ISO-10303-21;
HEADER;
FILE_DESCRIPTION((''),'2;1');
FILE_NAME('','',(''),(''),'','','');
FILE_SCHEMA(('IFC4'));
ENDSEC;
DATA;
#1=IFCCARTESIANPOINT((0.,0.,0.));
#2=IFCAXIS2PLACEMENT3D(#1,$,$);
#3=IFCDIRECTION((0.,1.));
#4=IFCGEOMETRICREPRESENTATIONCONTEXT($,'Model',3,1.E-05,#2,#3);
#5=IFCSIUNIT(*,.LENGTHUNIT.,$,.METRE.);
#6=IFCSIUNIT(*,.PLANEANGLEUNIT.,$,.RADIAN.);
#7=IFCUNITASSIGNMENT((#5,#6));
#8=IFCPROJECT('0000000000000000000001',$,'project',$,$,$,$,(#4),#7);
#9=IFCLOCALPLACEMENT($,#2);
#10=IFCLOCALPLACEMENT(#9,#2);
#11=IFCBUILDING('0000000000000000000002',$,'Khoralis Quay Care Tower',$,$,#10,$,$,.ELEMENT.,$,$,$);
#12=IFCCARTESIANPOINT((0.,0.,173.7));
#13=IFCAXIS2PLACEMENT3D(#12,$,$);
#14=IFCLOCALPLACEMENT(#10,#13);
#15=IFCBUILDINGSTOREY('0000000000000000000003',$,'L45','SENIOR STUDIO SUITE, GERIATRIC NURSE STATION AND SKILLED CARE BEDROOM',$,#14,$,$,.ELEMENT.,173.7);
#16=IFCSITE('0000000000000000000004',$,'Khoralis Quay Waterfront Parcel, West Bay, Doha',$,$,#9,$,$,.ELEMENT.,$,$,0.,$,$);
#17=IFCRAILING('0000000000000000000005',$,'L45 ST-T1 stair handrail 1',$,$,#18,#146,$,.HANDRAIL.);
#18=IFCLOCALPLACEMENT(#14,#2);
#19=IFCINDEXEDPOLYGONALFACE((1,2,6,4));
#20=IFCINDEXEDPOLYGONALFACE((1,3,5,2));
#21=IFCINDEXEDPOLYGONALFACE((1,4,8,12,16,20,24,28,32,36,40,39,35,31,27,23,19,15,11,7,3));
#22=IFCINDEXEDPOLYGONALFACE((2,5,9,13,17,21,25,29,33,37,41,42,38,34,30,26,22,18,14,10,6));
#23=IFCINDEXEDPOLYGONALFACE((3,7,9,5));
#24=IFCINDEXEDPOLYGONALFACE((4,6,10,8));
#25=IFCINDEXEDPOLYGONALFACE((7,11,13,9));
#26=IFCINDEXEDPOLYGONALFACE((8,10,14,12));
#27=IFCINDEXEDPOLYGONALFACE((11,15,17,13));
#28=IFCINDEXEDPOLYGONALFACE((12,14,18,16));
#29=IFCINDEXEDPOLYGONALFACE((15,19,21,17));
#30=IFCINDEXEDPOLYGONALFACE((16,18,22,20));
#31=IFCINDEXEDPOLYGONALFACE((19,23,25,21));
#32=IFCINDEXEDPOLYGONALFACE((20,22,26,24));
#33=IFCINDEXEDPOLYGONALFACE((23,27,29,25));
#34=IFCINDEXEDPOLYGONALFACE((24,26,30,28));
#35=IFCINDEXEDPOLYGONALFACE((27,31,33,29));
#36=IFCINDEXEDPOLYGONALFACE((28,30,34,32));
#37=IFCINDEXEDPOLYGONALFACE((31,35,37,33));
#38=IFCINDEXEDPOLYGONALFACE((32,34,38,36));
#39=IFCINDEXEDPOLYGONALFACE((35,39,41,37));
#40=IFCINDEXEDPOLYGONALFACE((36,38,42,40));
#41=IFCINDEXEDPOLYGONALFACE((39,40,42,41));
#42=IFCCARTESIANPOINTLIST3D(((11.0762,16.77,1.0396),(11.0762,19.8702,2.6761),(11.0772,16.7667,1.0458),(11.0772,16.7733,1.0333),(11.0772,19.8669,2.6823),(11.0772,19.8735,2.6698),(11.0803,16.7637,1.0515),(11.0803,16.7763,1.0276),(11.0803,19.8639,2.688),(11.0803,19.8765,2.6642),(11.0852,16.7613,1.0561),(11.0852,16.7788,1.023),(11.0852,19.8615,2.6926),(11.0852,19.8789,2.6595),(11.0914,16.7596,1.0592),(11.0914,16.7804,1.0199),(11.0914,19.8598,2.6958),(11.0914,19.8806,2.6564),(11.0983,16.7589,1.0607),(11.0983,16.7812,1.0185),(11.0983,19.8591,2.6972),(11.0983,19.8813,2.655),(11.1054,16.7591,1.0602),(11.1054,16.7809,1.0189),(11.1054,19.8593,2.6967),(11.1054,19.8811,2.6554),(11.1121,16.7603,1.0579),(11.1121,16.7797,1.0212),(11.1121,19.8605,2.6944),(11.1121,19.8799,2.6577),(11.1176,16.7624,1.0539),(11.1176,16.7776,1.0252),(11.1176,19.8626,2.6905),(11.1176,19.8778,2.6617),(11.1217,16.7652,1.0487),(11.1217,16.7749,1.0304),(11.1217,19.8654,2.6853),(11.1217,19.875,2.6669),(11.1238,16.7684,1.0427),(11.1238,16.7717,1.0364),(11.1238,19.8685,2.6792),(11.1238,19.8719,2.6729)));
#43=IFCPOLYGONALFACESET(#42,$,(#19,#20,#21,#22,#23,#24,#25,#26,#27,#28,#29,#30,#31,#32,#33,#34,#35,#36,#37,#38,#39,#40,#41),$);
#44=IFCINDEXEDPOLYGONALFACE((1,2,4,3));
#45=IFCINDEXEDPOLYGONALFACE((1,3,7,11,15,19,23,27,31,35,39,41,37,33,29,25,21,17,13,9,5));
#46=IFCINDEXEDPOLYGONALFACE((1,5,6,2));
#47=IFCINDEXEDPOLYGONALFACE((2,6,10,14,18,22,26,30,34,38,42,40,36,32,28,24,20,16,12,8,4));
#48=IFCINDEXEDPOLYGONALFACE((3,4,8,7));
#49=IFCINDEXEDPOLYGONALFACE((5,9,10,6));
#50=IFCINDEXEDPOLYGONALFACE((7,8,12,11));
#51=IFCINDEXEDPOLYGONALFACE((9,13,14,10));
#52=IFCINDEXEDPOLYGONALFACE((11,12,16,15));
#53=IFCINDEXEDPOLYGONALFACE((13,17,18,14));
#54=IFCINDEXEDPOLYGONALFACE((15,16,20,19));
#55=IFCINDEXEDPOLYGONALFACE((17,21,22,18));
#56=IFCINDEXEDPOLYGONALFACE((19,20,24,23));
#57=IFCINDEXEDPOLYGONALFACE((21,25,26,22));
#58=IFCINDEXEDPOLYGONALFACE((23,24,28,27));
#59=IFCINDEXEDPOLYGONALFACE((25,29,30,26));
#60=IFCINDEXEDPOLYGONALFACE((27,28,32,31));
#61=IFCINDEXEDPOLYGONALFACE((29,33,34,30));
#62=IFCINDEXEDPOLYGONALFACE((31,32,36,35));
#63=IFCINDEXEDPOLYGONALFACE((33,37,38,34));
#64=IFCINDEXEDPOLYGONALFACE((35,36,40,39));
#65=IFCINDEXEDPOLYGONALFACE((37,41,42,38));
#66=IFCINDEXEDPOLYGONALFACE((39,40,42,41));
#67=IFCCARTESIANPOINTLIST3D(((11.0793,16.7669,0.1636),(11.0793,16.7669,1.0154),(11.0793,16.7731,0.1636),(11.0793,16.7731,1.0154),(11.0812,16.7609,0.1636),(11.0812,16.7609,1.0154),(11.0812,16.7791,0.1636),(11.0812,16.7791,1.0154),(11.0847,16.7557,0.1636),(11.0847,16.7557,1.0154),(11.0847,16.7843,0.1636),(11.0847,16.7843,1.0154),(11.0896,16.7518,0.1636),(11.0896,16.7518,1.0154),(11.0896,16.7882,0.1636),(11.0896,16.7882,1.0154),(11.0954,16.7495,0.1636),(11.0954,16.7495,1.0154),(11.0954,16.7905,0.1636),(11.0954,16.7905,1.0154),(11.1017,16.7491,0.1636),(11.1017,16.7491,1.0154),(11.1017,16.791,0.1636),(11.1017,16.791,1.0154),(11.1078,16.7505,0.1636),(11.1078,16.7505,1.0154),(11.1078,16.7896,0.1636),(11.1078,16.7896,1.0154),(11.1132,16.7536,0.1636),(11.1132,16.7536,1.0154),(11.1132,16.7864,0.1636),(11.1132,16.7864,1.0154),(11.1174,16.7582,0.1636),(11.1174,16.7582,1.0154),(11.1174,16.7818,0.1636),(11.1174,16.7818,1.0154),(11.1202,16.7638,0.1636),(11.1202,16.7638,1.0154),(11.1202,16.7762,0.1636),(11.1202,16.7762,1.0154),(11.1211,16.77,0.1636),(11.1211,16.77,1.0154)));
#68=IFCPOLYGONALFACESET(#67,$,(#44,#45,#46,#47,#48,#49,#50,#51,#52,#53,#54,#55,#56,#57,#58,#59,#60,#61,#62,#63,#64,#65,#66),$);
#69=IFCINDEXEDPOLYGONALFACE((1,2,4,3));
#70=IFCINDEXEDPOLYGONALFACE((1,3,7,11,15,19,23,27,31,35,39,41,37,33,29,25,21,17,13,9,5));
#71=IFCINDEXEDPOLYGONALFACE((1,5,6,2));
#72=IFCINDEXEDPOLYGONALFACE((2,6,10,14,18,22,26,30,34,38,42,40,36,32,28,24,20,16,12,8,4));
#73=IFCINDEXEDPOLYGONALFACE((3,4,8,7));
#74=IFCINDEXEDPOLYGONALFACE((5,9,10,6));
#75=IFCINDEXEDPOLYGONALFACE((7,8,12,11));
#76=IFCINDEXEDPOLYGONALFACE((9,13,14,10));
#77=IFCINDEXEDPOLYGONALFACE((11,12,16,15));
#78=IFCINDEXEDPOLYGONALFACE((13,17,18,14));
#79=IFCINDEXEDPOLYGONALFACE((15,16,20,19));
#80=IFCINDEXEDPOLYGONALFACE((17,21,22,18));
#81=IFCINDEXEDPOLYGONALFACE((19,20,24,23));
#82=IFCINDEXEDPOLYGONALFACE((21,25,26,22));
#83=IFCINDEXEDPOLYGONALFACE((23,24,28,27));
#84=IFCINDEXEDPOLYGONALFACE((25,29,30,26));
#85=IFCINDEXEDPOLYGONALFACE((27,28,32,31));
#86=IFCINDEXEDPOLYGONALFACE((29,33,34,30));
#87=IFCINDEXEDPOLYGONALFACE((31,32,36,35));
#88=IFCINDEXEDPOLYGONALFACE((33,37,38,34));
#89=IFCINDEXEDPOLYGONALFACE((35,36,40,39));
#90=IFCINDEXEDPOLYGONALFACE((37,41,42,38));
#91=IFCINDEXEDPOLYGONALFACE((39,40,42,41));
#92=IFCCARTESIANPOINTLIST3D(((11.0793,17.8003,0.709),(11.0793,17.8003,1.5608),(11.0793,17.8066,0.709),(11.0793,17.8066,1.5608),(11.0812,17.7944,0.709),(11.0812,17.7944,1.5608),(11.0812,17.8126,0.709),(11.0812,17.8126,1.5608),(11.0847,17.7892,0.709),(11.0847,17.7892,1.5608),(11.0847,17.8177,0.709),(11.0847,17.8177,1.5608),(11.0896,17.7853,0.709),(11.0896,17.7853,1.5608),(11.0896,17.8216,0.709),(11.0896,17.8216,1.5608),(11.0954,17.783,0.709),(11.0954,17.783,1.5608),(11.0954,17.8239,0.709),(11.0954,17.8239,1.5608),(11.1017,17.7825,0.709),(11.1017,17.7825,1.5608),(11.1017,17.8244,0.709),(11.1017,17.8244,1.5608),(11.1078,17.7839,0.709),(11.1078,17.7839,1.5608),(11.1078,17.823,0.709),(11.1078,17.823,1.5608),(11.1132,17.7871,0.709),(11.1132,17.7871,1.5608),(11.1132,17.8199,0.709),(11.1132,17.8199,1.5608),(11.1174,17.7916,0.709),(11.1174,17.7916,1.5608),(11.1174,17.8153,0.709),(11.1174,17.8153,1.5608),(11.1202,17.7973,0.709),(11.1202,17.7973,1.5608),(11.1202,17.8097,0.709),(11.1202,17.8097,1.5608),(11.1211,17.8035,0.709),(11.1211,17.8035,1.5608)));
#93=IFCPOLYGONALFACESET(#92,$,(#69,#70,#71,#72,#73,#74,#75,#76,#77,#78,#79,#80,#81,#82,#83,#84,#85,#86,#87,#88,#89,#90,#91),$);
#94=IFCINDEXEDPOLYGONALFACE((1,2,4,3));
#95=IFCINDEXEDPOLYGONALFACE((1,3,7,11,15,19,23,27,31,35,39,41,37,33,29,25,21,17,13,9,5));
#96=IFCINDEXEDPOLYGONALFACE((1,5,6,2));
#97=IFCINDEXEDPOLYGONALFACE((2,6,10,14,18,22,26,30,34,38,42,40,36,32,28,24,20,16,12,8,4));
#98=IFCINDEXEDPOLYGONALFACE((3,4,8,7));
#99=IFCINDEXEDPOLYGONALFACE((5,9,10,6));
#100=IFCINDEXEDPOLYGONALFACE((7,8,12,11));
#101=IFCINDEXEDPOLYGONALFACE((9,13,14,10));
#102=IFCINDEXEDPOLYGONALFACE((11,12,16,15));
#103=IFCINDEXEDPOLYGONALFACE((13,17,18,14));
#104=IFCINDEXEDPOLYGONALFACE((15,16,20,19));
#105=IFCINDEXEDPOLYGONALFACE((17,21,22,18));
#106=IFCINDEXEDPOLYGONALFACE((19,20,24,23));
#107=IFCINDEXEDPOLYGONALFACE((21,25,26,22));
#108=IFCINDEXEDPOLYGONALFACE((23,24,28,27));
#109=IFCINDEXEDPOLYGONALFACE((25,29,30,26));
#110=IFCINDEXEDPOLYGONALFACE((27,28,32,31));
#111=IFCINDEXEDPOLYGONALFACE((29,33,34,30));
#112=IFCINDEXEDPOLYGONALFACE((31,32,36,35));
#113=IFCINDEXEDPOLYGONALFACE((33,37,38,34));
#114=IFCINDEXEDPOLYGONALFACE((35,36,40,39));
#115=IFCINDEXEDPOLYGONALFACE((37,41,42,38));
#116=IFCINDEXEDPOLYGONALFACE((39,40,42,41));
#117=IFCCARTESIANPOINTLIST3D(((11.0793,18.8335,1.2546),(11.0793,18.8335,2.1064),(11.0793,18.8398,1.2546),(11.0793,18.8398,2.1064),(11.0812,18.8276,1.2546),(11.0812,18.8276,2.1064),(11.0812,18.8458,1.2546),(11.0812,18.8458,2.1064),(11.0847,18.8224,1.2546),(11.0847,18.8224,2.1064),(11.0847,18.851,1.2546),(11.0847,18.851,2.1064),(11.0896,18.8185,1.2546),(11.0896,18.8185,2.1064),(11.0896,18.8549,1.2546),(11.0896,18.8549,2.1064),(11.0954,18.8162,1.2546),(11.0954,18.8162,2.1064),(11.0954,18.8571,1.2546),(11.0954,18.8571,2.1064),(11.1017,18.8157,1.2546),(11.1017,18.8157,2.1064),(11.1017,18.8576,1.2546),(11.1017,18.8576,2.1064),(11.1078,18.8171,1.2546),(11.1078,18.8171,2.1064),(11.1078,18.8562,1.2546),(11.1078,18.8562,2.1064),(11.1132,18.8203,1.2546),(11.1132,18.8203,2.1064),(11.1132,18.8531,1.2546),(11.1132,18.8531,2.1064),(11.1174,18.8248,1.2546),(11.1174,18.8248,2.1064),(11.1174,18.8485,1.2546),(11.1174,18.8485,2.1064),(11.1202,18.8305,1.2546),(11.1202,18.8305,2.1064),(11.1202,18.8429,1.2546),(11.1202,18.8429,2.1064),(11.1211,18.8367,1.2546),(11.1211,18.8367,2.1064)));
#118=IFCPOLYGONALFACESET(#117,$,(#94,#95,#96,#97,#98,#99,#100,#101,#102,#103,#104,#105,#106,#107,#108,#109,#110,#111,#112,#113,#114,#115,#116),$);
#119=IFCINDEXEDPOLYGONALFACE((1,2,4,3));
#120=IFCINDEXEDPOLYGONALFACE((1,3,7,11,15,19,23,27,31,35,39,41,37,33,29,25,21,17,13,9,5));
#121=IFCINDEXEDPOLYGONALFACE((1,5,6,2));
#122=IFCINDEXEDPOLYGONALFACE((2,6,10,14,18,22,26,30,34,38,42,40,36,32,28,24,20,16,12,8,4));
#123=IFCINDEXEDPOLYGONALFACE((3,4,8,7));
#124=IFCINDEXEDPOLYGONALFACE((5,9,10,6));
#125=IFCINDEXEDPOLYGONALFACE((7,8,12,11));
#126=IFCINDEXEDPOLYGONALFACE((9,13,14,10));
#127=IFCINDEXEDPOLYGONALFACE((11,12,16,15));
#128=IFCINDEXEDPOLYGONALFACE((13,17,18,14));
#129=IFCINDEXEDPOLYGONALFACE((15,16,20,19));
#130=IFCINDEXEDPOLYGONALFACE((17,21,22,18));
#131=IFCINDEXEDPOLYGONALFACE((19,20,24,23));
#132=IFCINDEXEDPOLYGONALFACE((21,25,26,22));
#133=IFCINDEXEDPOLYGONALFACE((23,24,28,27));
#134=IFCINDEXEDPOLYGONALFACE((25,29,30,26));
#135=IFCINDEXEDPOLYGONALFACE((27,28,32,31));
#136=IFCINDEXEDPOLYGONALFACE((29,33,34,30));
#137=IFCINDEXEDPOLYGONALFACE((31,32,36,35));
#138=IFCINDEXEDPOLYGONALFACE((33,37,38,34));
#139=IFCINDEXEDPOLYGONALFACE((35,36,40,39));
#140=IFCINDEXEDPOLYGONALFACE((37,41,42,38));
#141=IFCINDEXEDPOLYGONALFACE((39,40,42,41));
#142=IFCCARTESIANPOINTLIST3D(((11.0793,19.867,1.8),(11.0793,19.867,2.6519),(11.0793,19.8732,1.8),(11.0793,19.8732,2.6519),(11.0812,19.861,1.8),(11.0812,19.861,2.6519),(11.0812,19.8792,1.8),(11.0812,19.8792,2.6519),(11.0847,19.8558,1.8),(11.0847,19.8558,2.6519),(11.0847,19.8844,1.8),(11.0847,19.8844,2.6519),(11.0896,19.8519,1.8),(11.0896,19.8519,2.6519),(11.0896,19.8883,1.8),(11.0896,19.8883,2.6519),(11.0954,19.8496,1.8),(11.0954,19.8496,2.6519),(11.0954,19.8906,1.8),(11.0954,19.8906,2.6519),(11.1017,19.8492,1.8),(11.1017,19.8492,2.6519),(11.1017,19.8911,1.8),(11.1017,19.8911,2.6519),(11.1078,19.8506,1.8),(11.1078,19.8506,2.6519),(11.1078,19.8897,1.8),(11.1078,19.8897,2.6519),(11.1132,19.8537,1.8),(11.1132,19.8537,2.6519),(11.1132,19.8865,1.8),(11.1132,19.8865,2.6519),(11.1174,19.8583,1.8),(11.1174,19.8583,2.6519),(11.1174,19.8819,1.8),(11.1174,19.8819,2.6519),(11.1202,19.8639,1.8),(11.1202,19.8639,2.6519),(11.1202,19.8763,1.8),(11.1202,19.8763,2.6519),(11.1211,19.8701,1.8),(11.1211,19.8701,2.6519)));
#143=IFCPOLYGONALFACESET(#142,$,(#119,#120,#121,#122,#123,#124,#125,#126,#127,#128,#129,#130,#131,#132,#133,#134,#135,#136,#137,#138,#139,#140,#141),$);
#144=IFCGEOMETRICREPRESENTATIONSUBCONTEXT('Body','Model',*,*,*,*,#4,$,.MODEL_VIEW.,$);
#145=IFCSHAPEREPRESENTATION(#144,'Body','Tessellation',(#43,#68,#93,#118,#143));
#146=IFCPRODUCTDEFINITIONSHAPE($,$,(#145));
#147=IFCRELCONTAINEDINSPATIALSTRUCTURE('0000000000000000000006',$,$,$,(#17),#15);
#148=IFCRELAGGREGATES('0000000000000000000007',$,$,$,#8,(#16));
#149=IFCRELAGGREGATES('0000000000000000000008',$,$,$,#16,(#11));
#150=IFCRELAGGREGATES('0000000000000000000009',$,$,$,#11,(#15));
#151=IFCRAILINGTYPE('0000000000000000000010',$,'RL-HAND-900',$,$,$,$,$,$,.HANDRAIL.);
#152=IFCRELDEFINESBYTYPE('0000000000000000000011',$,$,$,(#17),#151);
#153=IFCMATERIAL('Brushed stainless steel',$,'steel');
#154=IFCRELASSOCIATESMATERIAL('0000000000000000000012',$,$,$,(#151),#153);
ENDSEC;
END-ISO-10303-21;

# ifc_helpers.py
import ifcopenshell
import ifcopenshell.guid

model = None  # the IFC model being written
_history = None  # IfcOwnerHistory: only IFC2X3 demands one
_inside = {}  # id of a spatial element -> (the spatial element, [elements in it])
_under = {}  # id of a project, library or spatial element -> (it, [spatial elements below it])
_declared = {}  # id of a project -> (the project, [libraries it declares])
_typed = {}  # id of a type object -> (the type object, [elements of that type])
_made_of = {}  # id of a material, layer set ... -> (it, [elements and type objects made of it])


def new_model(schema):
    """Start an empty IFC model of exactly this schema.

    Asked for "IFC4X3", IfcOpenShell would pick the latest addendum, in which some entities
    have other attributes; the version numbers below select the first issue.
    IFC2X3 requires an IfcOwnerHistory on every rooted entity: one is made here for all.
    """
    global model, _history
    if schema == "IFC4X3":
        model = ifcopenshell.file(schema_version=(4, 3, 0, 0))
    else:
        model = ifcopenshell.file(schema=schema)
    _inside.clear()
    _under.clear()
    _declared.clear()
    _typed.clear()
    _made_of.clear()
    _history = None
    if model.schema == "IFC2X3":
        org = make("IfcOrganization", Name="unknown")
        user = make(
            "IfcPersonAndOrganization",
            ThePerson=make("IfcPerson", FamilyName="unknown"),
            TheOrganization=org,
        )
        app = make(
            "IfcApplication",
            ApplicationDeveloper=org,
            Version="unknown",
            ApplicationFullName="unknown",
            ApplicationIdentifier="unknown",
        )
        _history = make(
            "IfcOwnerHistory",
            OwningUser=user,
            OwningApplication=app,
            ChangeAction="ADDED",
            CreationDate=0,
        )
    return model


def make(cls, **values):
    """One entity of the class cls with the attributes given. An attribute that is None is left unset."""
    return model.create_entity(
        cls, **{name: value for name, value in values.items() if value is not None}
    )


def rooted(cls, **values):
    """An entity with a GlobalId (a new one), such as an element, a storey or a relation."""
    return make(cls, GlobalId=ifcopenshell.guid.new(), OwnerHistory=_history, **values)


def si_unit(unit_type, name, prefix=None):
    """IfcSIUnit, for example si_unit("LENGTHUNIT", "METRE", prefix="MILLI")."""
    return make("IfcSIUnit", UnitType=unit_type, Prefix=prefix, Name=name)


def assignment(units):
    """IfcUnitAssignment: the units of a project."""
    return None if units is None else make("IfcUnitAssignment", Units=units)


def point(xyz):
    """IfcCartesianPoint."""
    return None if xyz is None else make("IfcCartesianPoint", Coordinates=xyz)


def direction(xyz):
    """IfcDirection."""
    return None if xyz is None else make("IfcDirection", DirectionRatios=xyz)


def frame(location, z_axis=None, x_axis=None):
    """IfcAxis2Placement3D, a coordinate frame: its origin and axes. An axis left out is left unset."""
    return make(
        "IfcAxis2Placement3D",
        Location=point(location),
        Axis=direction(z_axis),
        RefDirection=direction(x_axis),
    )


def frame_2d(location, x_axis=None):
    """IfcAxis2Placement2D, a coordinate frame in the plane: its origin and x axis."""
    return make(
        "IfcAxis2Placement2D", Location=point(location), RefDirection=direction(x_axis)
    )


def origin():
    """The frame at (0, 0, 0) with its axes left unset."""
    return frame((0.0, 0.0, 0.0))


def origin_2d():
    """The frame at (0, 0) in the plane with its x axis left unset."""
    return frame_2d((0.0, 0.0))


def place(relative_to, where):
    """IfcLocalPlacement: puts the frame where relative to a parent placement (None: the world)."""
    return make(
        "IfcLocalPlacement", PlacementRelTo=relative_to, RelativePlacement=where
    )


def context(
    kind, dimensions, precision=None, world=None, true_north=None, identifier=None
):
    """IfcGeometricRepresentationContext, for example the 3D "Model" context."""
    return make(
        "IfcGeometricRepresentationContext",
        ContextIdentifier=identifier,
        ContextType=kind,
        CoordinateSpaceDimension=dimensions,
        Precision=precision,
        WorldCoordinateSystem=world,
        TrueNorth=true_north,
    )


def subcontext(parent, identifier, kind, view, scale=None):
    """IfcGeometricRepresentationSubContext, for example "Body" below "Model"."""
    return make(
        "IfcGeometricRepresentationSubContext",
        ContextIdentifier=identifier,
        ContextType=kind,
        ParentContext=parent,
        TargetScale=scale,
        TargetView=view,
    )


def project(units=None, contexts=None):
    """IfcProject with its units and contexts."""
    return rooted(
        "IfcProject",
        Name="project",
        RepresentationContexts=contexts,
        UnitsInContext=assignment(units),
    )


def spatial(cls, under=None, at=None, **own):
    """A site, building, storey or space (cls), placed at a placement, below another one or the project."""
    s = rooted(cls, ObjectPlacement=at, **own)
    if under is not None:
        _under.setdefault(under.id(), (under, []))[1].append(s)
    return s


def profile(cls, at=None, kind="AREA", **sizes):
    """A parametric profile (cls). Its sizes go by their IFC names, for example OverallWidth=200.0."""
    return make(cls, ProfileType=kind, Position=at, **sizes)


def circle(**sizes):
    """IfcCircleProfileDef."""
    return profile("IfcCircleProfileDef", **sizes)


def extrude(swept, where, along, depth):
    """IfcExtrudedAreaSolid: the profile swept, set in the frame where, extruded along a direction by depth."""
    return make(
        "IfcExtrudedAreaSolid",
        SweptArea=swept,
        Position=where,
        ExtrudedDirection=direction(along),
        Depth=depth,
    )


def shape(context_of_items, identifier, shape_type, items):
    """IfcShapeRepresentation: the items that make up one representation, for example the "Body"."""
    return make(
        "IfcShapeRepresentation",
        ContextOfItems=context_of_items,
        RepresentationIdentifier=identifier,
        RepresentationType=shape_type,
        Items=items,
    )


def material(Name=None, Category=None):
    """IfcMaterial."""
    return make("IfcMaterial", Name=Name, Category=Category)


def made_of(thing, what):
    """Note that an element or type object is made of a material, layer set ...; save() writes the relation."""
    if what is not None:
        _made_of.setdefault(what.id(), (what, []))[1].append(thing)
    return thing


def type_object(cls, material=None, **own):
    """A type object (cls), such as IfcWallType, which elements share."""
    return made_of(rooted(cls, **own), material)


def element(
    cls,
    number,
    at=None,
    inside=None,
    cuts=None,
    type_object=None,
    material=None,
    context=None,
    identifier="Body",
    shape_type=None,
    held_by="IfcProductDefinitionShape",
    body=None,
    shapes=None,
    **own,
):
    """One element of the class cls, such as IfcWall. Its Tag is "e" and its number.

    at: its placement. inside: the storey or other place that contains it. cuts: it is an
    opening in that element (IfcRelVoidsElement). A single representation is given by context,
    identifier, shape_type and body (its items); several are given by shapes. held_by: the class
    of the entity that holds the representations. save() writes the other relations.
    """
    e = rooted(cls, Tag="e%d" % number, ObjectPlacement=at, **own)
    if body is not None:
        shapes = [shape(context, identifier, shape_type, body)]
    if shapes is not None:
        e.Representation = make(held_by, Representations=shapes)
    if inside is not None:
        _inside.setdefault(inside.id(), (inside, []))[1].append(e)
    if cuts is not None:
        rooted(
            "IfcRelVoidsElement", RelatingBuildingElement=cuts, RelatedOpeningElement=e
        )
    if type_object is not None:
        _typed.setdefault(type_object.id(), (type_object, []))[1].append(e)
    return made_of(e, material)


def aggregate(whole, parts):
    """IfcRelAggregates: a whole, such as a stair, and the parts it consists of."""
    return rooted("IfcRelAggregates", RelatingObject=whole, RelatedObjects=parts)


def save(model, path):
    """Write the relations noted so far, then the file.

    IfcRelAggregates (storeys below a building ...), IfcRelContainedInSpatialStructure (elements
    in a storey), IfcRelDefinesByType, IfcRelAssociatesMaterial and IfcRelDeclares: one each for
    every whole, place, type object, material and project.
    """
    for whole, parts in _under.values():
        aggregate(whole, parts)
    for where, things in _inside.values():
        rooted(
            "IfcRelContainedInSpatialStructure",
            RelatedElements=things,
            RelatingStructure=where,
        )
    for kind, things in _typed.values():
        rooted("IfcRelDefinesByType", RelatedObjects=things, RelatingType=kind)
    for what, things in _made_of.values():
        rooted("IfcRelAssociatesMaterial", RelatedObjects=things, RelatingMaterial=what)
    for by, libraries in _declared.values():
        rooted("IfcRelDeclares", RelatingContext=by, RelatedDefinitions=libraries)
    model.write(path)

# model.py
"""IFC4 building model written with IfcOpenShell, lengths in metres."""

from ifc_helpers import new_model, si_unit, direction, frame, origin, origin_2d, place, context, subcontext, project, spatial, circle, extrude, material, type_object, element, save


model = new_model("IFC4")

# Units and contexts
model_context = context("Model", 3, precision=1e-05, world=origin(), true_north=direction((0.0, 1.0)))
body_context = subcontext(model_context, "Body", "Model", "MODEL_VIEW")
ifc_project = project(units=[si_unit("LENGTHUNIT", "METRE"), si_unit("PLANEANGLEUNIT", "RADIAN")], contexts=[model_context])

# Site, building, storey
site_placement = place(None, origin())
site = spatial("IfcSite", under=ifc_project, at=site_placement, Name="Khoralis Quay Waterfront Parcel, West Bay, Doha", CompositionType="ELEMENT", RefElevation=0.0)
building_placement = place(site_placement, origin())
building = spatial("IfcBuilding", under=site, at=building_placement, Name="Khoralis Quay Care Tower", CompositionType="ELEMENT")
storey_placement = place(building_placement, frame((0.0, 0.0, 173.7)))
storey = spatial("IfcBuildingStorey", under=building, at=storey_placement, Name="L45", Description="SENIOR STUDIO SUITE, GERIATRIC NURSE STATION AND SKILLED CARE BEDROOM", CompositionType="ELEMENT", Elevation=173.7)

# Railing
ifc_material_1 = material(Name="Brushed stainless steel", Category="steel")
railing_type_1 = type_object("IfcRailingType", Name="RL-HAND-900", PredefinedType="HANDRAIL", material=ifc_material_1)
railing_1_placement = place(storey_placement, frame((11.1001, 16.77, 0.1636)))
element("IfcRailing", 1, at=railing_1_placement, inside=storey, type_object=railing_type_1, Name="L45 ST-T1 stair handrail 1", PredefinedType="HANDRAIL", context=body_context, shape_type="SweptSolid", body=[
    extrude(circle(Radius=0.0239, at=origin_2d()), frame((0.0, 0.0, 0.876), z_axis=(0.0, 0.884348, 0.466828), x_axis=(-1.0, 0.0, 0.0)), (0.0, 0.0, 1.0), 3.5056),
    extrude(circle(Radius=0.021, at=origin_2d()), origin(), (0.0, 0.0, 1.0), 0.8518),
    extrude(circle(Radius=0.021, at=origin_2d()), frame((0.0, 1.0334, 0.5454)), (0.0, 0.0, 1.0), 0.8518),
    extrude(circle(Radius=0.021, at=origin_2d()), frame((0.0, 2.0667, 1.0911)), (0.0, 0.0, 1.0), 0.8518),
    extrude(circle(Radius=0.021, at=origin_2d()), frame((0.0, 3.1001, 1.6365)), (0.0, 0.0, 1.0), 0.8518),
])

save(model, "model.ifc")
